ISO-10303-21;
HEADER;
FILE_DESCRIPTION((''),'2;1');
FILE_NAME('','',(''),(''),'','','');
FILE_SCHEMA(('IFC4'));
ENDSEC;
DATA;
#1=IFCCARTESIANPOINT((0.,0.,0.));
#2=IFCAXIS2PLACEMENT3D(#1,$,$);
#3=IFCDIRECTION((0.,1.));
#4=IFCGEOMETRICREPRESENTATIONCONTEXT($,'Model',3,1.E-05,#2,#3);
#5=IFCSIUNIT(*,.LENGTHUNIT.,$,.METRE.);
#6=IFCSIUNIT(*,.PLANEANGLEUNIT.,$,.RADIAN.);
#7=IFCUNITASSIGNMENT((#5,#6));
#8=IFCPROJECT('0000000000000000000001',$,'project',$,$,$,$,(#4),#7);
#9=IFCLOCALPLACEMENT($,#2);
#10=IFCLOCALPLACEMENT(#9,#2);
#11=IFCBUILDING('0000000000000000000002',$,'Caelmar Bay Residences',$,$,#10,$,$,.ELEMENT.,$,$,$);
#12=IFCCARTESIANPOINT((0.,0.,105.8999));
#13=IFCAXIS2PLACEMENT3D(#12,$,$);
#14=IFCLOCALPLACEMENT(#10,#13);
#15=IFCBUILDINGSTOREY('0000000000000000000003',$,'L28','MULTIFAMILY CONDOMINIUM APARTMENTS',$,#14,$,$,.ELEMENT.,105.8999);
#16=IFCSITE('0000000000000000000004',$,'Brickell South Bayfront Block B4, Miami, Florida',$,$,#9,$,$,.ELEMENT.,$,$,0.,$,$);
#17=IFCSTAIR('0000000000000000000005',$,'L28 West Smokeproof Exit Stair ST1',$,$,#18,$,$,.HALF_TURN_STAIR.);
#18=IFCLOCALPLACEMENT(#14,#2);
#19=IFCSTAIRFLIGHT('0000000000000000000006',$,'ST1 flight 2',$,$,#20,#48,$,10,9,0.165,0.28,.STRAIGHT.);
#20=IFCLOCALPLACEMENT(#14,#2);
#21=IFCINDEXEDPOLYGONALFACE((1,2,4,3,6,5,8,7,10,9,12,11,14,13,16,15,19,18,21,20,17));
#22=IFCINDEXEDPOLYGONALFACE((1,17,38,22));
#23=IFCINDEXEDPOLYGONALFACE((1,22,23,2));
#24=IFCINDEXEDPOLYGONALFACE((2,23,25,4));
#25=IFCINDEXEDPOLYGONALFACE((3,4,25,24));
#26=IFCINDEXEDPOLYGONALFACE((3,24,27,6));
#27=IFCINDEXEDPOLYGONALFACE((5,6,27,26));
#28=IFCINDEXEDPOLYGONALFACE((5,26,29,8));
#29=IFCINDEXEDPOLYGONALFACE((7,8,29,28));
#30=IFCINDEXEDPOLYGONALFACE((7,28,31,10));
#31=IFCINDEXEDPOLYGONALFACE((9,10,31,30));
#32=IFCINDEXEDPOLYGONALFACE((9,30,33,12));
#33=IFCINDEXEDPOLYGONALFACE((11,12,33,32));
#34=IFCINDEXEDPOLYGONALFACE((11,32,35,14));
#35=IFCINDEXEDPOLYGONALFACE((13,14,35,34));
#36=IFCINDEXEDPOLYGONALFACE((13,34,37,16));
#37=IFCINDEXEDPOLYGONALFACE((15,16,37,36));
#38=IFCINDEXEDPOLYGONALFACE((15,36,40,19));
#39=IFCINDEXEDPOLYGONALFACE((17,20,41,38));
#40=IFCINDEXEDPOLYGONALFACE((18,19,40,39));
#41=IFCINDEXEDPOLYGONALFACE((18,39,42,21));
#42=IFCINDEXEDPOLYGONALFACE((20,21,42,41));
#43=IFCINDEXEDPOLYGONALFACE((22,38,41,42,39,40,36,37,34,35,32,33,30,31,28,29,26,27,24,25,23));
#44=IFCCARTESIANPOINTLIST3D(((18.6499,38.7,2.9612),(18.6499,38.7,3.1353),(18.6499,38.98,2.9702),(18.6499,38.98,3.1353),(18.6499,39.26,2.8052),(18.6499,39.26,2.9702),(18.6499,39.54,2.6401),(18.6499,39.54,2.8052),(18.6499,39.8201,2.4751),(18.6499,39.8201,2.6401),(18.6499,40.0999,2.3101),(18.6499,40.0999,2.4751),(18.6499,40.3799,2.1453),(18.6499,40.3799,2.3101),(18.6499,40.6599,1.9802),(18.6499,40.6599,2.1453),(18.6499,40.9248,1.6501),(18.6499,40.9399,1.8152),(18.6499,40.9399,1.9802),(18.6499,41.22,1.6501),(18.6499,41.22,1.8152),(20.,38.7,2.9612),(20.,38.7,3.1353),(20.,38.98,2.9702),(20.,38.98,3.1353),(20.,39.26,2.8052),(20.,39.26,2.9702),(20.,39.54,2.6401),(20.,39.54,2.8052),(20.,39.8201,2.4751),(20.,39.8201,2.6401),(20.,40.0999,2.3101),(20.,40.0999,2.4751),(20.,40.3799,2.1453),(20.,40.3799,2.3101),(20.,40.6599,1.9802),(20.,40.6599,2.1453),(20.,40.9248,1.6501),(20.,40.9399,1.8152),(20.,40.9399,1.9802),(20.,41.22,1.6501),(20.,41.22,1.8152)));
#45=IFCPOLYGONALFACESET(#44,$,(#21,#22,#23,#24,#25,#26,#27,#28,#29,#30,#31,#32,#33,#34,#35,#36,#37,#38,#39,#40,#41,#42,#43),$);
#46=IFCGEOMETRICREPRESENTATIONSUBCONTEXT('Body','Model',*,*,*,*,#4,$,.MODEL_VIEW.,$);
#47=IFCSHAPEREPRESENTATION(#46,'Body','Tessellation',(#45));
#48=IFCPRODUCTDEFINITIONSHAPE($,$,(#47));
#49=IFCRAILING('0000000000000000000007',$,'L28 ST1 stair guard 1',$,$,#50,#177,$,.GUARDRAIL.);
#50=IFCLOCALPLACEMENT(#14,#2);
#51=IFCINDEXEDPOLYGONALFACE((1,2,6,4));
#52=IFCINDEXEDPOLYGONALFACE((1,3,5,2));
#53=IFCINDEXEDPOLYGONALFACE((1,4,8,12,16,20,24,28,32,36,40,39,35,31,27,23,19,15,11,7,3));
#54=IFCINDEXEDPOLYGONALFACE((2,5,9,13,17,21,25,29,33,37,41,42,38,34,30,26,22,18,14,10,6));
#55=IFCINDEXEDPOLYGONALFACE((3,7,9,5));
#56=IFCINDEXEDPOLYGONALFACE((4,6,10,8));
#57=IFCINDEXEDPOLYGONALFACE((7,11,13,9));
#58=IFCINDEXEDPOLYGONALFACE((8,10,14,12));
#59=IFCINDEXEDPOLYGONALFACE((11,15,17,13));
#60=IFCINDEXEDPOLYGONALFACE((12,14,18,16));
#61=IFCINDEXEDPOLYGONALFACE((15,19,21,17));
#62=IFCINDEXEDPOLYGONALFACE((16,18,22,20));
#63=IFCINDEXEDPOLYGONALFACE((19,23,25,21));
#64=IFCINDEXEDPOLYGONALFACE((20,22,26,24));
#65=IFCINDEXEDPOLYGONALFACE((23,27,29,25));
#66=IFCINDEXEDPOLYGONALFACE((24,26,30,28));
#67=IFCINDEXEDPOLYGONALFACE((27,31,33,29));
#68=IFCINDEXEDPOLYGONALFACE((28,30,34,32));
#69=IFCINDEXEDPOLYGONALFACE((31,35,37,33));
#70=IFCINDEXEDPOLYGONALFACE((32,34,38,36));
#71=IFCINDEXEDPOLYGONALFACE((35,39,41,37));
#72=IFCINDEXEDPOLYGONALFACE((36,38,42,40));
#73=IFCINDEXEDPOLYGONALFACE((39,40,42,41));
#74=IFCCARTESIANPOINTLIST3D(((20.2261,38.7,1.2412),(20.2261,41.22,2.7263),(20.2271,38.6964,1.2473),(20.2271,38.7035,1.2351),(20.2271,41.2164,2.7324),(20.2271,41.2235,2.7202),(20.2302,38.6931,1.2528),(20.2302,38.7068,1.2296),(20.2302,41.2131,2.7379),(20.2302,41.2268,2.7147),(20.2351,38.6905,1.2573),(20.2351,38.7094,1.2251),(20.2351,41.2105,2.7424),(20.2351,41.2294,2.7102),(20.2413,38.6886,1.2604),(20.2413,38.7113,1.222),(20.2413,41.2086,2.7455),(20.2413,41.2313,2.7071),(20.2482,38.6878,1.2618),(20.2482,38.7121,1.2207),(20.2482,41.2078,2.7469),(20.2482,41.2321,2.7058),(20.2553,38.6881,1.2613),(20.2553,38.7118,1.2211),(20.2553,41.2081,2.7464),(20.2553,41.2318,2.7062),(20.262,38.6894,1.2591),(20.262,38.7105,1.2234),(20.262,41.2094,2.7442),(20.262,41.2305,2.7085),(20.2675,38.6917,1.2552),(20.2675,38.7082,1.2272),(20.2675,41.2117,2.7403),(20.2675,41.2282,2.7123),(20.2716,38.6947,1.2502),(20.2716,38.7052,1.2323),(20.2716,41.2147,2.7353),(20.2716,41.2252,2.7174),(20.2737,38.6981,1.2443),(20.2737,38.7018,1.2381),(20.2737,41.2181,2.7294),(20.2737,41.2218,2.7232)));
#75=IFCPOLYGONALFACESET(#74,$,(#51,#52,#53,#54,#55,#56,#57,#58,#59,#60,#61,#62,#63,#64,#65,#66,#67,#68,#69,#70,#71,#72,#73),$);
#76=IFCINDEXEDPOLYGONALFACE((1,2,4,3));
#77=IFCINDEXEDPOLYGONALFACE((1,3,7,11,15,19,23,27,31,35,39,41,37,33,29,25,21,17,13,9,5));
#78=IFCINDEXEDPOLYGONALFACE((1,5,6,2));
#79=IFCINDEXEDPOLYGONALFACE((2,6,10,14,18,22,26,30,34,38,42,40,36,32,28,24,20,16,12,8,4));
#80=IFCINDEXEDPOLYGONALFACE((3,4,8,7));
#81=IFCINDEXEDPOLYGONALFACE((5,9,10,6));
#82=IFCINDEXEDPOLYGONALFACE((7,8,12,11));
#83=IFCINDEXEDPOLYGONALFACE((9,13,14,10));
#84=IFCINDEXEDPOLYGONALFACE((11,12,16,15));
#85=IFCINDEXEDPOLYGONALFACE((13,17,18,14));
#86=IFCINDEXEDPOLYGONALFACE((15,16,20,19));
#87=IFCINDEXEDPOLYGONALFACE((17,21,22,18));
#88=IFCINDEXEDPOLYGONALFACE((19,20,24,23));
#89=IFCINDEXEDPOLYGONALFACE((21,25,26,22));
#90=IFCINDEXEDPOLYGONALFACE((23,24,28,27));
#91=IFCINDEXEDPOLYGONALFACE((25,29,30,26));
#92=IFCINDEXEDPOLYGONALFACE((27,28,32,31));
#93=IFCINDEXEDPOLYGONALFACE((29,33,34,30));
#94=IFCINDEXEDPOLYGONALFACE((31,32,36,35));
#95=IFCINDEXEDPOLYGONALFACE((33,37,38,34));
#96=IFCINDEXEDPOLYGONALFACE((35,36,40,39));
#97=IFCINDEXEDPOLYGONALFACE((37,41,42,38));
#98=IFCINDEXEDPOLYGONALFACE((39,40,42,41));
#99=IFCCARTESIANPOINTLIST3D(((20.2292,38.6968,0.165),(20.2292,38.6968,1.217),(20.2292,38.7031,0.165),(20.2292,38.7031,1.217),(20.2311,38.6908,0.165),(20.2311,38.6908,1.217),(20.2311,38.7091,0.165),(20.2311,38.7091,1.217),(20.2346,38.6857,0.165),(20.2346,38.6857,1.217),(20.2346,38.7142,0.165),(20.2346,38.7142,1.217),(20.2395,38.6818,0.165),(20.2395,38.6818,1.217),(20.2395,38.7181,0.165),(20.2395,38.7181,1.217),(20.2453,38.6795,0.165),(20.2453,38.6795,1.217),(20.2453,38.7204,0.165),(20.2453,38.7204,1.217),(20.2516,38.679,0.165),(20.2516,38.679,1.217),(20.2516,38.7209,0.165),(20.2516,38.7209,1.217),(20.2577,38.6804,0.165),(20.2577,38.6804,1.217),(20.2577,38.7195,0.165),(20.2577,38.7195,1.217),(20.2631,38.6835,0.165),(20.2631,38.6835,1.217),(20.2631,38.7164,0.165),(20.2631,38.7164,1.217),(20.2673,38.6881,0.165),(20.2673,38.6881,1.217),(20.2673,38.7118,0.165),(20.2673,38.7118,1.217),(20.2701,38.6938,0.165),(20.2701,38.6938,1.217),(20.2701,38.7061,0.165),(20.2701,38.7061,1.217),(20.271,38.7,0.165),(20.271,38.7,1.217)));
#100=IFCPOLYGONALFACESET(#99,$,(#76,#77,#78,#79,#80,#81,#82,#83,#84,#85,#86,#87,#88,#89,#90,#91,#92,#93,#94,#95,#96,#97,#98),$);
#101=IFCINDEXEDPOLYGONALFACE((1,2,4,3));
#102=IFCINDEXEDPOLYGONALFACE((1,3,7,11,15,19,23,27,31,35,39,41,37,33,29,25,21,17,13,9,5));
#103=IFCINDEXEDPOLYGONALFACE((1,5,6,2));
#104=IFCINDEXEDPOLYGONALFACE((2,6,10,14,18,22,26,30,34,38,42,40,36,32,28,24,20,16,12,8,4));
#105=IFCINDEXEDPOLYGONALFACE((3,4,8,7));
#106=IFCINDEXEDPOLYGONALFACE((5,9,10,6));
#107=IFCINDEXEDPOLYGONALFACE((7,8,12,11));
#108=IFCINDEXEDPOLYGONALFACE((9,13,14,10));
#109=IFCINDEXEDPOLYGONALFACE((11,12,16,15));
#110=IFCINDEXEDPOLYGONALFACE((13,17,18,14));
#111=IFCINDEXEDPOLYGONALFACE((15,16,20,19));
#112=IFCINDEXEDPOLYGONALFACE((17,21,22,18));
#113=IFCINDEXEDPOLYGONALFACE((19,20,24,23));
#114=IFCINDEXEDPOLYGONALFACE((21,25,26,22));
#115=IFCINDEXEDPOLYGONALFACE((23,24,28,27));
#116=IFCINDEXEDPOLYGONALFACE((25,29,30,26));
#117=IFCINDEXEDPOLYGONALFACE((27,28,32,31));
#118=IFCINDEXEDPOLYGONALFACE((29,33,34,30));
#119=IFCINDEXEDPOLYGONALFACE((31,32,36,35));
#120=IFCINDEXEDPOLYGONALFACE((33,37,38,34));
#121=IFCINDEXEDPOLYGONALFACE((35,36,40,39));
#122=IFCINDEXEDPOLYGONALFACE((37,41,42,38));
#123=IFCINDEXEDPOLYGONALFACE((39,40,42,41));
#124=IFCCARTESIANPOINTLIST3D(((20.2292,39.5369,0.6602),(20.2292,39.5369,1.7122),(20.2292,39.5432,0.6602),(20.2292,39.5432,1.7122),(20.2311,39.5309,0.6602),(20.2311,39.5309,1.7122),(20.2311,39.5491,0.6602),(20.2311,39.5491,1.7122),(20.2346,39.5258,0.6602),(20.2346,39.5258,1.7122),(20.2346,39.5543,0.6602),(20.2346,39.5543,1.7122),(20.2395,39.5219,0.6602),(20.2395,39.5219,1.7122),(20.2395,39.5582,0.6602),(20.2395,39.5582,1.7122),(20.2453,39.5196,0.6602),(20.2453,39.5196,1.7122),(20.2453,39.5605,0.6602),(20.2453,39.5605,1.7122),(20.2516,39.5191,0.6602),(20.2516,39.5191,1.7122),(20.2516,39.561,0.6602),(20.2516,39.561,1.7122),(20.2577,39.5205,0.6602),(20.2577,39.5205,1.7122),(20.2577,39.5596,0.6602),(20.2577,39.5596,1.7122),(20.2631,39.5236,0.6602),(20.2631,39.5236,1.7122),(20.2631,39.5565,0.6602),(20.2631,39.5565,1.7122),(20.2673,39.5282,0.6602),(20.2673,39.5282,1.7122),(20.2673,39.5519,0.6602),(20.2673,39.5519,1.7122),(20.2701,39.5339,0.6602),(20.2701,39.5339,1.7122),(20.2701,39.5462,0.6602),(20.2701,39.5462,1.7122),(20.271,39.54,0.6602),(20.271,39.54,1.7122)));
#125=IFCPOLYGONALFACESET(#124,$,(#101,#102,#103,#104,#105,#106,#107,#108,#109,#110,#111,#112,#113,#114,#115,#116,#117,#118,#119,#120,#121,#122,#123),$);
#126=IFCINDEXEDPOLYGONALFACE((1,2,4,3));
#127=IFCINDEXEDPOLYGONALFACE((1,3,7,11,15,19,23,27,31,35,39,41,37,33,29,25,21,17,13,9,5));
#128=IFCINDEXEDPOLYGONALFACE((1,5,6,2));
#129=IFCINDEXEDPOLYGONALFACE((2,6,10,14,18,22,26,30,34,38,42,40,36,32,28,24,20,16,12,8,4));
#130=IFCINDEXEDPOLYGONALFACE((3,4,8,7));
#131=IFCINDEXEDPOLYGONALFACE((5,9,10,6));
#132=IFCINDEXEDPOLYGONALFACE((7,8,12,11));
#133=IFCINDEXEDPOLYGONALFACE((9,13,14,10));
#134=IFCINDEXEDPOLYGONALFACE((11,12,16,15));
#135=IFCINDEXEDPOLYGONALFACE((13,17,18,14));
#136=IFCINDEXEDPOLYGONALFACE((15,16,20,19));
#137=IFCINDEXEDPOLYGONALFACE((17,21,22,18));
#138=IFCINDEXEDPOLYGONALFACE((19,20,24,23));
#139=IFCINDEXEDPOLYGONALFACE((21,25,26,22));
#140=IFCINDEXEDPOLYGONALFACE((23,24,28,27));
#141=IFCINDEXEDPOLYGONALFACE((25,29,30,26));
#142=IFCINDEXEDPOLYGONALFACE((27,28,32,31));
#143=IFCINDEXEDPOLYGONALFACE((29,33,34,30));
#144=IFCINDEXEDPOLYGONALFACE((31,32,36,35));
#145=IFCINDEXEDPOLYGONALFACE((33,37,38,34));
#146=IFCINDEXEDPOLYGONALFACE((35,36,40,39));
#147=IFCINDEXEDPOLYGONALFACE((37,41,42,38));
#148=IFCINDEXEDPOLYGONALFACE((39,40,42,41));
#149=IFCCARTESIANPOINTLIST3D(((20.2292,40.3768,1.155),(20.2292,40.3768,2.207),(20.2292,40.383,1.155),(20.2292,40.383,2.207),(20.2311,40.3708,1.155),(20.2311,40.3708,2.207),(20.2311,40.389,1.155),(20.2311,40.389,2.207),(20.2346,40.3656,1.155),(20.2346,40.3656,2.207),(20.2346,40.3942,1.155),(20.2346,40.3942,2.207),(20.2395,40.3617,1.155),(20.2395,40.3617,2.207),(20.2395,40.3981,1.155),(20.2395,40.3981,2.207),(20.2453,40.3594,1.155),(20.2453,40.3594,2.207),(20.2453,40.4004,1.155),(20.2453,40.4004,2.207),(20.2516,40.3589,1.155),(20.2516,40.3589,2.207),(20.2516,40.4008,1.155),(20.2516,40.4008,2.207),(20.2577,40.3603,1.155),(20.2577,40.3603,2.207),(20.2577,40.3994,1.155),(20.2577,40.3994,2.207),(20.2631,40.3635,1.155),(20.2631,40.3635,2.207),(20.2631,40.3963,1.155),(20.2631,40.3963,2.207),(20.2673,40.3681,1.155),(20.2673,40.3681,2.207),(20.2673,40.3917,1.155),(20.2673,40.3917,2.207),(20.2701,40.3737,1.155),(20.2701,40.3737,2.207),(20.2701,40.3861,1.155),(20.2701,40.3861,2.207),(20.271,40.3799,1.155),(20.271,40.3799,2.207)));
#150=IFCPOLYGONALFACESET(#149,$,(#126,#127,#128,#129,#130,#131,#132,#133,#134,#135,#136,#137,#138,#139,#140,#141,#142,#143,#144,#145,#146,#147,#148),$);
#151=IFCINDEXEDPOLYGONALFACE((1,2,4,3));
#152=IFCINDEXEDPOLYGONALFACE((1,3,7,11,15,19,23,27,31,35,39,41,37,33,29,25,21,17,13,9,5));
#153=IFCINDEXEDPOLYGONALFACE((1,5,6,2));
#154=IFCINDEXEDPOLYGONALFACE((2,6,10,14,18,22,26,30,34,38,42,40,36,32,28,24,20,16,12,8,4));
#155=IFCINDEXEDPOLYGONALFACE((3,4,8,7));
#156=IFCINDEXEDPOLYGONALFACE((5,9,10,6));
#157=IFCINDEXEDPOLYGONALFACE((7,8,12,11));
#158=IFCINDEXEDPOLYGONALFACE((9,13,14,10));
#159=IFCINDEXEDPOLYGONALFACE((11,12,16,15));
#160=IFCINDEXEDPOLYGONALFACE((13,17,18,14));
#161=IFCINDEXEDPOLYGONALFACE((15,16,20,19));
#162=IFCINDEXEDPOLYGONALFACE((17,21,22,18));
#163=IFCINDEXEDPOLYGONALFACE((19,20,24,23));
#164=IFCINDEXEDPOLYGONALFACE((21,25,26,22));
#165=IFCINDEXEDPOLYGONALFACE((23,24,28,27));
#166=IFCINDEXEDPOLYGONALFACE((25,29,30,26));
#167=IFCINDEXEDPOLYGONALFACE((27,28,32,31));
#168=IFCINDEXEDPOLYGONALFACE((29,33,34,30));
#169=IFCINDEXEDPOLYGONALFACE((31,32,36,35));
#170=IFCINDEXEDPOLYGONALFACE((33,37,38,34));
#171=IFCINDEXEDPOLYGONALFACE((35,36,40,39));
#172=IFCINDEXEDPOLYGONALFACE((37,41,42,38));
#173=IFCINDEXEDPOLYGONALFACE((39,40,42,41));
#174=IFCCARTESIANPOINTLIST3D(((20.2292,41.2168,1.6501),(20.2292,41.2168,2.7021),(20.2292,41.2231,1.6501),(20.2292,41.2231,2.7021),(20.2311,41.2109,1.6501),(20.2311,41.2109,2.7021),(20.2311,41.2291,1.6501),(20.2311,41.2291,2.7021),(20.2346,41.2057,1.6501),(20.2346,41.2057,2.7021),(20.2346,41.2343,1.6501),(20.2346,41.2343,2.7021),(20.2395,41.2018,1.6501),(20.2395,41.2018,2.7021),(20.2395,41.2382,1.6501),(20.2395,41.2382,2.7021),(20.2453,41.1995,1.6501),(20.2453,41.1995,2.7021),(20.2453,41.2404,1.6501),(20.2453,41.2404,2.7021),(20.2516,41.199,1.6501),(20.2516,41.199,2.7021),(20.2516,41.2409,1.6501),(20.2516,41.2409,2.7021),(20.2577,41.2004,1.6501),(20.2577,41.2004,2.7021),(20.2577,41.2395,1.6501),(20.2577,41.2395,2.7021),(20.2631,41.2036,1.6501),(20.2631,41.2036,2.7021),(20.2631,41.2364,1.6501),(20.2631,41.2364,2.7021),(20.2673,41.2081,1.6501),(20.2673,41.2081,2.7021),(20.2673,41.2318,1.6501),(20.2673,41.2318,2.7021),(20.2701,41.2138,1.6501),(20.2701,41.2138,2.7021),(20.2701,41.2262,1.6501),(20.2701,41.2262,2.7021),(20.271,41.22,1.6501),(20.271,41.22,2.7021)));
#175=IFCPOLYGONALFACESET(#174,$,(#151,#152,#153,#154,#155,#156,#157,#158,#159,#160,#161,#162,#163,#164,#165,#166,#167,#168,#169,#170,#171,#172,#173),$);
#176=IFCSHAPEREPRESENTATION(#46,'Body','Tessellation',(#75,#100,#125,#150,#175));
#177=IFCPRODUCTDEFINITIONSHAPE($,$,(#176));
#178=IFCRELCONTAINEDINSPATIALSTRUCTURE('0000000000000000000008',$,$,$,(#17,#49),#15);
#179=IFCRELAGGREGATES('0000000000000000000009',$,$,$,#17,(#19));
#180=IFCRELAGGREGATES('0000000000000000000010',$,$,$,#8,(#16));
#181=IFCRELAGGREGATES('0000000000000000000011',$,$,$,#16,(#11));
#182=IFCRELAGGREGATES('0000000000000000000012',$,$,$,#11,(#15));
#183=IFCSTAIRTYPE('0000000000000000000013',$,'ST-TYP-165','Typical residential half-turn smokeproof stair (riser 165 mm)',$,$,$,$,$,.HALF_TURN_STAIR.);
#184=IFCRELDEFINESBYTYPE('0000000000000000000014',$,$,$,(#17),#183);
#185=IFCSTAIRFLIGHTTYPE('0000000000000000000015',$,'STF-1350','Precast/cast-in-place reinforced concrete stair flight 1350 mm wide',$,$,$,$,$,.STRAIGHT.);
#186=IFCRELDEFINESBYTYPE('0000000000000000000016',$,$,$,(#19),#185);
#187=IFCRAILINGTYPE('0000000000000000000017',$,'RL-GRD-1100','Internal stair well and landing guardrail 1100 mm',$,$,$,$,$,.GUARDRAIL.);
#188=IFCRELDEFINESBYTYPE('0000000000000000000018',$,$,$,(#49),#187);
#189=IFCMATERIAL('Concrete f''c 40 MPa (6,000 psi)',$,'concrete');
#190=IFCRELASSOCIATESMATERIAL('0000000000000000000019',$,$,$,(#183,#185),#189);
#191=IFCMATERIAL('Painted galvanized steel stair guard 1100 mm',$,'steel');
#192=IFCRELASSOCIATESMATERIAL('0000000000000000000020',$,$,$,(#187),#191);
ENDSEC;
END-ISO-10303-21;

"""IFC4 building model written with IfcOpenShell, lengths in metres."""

from ifc_helpers import new_model, si_unit, direction, frame, origin, origin_2d, place, context, subcontext, project, spatial, polyline, circle, outline, extrude, material, type_object, element, aggregate, save


model = new_model("IFC4")

# Units and contexts
model_context = context("Model", 3, precision=1e-05, world=origin(), true_north=direction((0.0, 1.0)))
body_context = subcontext(model_context, "Body", "Model", "MODEL_VIEW")
ifc_project = project(units=[si_unit("LENGTHUNIT", "METRE"), si_unit("PLANEANGLEUNIT", "RADIAN")], contexts=[model_context])

# Site, building, storey
site_placement = place(None, origin())
site = spatial("IfcSite", under=ifc_project, at=site_placement, Name="Brickell South Bayfront Block B4, Miami, Florida", CompositionType="ELEMENT", RefElevation=0.0)
building_placement = place(site_placement, origin())
building = spatial("IfcBuilding", under=site, at=building_placement, Name="Caelmar Bay Residences", CompositionType="ELEMENT")
storey_placement = place(building_placement, frame((0.0, 0.0, 105.8999)))
storey = spatial("IfcBuildingStorey", under=building, at=storey_placement, Name="L28", Description="MULTIFAMILY CONDOMINIUM APARTMENTS", CompositionType="ELEMENT", Elevation=105.8999)

# Stair, stair flight
ifc_material_1 = material(Name="Concrete f'c 40 MPa (6,000 psi)", Category="concrete")
stair_type = type_object("IfcStairType", Name="ST-TYP-165", Description="Typical residential half-turn smokeproof stair (riser 165 mm)", PredefinedType="HALF_TURN_STAIR", material=ifc_material_1)
stair_placement = place(storey_placement, origin())
stair = element("IfcStair", 1, at=stair_placement, inside=storey, type_object=stair_type, Name="L28 West Smokeproof Exit Stair ST1", PredefinedType="HALF_TURN_STAIR")
stair_flight_type = type_object("IfcStairFlightType", Name="STF-1350", Description="Precast/cast-in-place reinforced concrete stair flight 1350 mm wide", PredefinedType="STRAIGHT", material=ifc_material_1)
stair_flight_1_placement = place(storey_placement, frame((19.325, 41.22, 1.6501), z_axis=(0.0, 0.0, 1.0), x_axis=(0.0, -1.0, 0.0)))
stair_flight_1 = element("IfcStairFlight", 2, at=stair_flight_1_placement, type_object=stair_flight_type, Name="ST1 flight 2", NumberOfRisers=10, NumberOfTreads=9, PredefinedType="STRAIGHT", RiserHeight=0.165, TreadLength=0.28, context=body_context, shape_type="SweptSolid", body=[
    extrude(outline(polyline([(0.0, 0.0), (0.0, 0.165), (0.28, 0.165), (0.28, 0.3301), (0.5601, 0.3301), (0.5601, 0.4951), (0.8401, 0.4951), (0.8401, 0.6599), (1.1201, 0.6599), (1.1201, 0.825), (1.3999, 0.825), (1.3999, 0.99), (1.6799, 0.99), (1.6799, 1.155), (1.96, 1.155), (1.96, 1.3201), (2.24, 1.3201), (2.24, 1.4851), (2.52, 1.4851), (2.52, 1.6499), (2.52, 1.311), (0.2952, 0.0), (0.0, 0.0)])), frame((0.0, 0.675, 0.0), z_axis=(0.0, -1.0, 0.0), x_axis=(1.0, 0.0, 0.0)), (0.0, 0.0, 1.0), 1.3501),
])
aggregate(stair, [stair_flight_1])

# Railing
ifc_material_2 = material(Name="Painted galvanized steel stair guard 1100 mm", Category="steel")
railing_type_1 = type_object("IfcRailingType", Name="RL-GRD-1100", Description="Internal stair well and landing guardrail 1100 mm", PredefinedType="GUARDRAIL", material=ifc_material_2)
railing_1_placement = place(storey_placement, frame((20.25, 38.7, 0.165)))
element("IfcRailing", 3, at=railing_1_placement, inside=storey, type_object=railing_type_1, Name="L28 ST1 stair guard 1", PredefinedType="GUARDRAIL", context=body_context, shape_type="SweptSolid", body=[
    extrude(circle(Radius=0.0239, at=origin_2d()), frame((0.0, 0.0, 1.0762), z_axis=(0.0, 0.861524, 0.507717), x_axis=(-1.0, 0.0, 0.0)), (0.0, 0.0, 1.0), 2.925),
    extrude(circle(Radius=0.021, at=origin_2d()), origin(), (0.0, 0.0, 1.0), 1.052),
    extrude(circle(Radius=0.021, at=origin_2d()), frame((0.0, 0.8401, 0.4951)), (0.0, 0.0, 1.0), 1.052),
    extrude(circle(Radius=0.021, at=origin_2d()), frame((0.0, 1.6799, 0.99)), (0.0, 0.0, 1.0), 1.052),
    extrude(circle(Radius=0.021, at=origin_2d()), frame((0.0, 2.52, 1.4851)), (0.0, 0.0, 1.0), 1.052),
])

save(model, "model.ifc")
